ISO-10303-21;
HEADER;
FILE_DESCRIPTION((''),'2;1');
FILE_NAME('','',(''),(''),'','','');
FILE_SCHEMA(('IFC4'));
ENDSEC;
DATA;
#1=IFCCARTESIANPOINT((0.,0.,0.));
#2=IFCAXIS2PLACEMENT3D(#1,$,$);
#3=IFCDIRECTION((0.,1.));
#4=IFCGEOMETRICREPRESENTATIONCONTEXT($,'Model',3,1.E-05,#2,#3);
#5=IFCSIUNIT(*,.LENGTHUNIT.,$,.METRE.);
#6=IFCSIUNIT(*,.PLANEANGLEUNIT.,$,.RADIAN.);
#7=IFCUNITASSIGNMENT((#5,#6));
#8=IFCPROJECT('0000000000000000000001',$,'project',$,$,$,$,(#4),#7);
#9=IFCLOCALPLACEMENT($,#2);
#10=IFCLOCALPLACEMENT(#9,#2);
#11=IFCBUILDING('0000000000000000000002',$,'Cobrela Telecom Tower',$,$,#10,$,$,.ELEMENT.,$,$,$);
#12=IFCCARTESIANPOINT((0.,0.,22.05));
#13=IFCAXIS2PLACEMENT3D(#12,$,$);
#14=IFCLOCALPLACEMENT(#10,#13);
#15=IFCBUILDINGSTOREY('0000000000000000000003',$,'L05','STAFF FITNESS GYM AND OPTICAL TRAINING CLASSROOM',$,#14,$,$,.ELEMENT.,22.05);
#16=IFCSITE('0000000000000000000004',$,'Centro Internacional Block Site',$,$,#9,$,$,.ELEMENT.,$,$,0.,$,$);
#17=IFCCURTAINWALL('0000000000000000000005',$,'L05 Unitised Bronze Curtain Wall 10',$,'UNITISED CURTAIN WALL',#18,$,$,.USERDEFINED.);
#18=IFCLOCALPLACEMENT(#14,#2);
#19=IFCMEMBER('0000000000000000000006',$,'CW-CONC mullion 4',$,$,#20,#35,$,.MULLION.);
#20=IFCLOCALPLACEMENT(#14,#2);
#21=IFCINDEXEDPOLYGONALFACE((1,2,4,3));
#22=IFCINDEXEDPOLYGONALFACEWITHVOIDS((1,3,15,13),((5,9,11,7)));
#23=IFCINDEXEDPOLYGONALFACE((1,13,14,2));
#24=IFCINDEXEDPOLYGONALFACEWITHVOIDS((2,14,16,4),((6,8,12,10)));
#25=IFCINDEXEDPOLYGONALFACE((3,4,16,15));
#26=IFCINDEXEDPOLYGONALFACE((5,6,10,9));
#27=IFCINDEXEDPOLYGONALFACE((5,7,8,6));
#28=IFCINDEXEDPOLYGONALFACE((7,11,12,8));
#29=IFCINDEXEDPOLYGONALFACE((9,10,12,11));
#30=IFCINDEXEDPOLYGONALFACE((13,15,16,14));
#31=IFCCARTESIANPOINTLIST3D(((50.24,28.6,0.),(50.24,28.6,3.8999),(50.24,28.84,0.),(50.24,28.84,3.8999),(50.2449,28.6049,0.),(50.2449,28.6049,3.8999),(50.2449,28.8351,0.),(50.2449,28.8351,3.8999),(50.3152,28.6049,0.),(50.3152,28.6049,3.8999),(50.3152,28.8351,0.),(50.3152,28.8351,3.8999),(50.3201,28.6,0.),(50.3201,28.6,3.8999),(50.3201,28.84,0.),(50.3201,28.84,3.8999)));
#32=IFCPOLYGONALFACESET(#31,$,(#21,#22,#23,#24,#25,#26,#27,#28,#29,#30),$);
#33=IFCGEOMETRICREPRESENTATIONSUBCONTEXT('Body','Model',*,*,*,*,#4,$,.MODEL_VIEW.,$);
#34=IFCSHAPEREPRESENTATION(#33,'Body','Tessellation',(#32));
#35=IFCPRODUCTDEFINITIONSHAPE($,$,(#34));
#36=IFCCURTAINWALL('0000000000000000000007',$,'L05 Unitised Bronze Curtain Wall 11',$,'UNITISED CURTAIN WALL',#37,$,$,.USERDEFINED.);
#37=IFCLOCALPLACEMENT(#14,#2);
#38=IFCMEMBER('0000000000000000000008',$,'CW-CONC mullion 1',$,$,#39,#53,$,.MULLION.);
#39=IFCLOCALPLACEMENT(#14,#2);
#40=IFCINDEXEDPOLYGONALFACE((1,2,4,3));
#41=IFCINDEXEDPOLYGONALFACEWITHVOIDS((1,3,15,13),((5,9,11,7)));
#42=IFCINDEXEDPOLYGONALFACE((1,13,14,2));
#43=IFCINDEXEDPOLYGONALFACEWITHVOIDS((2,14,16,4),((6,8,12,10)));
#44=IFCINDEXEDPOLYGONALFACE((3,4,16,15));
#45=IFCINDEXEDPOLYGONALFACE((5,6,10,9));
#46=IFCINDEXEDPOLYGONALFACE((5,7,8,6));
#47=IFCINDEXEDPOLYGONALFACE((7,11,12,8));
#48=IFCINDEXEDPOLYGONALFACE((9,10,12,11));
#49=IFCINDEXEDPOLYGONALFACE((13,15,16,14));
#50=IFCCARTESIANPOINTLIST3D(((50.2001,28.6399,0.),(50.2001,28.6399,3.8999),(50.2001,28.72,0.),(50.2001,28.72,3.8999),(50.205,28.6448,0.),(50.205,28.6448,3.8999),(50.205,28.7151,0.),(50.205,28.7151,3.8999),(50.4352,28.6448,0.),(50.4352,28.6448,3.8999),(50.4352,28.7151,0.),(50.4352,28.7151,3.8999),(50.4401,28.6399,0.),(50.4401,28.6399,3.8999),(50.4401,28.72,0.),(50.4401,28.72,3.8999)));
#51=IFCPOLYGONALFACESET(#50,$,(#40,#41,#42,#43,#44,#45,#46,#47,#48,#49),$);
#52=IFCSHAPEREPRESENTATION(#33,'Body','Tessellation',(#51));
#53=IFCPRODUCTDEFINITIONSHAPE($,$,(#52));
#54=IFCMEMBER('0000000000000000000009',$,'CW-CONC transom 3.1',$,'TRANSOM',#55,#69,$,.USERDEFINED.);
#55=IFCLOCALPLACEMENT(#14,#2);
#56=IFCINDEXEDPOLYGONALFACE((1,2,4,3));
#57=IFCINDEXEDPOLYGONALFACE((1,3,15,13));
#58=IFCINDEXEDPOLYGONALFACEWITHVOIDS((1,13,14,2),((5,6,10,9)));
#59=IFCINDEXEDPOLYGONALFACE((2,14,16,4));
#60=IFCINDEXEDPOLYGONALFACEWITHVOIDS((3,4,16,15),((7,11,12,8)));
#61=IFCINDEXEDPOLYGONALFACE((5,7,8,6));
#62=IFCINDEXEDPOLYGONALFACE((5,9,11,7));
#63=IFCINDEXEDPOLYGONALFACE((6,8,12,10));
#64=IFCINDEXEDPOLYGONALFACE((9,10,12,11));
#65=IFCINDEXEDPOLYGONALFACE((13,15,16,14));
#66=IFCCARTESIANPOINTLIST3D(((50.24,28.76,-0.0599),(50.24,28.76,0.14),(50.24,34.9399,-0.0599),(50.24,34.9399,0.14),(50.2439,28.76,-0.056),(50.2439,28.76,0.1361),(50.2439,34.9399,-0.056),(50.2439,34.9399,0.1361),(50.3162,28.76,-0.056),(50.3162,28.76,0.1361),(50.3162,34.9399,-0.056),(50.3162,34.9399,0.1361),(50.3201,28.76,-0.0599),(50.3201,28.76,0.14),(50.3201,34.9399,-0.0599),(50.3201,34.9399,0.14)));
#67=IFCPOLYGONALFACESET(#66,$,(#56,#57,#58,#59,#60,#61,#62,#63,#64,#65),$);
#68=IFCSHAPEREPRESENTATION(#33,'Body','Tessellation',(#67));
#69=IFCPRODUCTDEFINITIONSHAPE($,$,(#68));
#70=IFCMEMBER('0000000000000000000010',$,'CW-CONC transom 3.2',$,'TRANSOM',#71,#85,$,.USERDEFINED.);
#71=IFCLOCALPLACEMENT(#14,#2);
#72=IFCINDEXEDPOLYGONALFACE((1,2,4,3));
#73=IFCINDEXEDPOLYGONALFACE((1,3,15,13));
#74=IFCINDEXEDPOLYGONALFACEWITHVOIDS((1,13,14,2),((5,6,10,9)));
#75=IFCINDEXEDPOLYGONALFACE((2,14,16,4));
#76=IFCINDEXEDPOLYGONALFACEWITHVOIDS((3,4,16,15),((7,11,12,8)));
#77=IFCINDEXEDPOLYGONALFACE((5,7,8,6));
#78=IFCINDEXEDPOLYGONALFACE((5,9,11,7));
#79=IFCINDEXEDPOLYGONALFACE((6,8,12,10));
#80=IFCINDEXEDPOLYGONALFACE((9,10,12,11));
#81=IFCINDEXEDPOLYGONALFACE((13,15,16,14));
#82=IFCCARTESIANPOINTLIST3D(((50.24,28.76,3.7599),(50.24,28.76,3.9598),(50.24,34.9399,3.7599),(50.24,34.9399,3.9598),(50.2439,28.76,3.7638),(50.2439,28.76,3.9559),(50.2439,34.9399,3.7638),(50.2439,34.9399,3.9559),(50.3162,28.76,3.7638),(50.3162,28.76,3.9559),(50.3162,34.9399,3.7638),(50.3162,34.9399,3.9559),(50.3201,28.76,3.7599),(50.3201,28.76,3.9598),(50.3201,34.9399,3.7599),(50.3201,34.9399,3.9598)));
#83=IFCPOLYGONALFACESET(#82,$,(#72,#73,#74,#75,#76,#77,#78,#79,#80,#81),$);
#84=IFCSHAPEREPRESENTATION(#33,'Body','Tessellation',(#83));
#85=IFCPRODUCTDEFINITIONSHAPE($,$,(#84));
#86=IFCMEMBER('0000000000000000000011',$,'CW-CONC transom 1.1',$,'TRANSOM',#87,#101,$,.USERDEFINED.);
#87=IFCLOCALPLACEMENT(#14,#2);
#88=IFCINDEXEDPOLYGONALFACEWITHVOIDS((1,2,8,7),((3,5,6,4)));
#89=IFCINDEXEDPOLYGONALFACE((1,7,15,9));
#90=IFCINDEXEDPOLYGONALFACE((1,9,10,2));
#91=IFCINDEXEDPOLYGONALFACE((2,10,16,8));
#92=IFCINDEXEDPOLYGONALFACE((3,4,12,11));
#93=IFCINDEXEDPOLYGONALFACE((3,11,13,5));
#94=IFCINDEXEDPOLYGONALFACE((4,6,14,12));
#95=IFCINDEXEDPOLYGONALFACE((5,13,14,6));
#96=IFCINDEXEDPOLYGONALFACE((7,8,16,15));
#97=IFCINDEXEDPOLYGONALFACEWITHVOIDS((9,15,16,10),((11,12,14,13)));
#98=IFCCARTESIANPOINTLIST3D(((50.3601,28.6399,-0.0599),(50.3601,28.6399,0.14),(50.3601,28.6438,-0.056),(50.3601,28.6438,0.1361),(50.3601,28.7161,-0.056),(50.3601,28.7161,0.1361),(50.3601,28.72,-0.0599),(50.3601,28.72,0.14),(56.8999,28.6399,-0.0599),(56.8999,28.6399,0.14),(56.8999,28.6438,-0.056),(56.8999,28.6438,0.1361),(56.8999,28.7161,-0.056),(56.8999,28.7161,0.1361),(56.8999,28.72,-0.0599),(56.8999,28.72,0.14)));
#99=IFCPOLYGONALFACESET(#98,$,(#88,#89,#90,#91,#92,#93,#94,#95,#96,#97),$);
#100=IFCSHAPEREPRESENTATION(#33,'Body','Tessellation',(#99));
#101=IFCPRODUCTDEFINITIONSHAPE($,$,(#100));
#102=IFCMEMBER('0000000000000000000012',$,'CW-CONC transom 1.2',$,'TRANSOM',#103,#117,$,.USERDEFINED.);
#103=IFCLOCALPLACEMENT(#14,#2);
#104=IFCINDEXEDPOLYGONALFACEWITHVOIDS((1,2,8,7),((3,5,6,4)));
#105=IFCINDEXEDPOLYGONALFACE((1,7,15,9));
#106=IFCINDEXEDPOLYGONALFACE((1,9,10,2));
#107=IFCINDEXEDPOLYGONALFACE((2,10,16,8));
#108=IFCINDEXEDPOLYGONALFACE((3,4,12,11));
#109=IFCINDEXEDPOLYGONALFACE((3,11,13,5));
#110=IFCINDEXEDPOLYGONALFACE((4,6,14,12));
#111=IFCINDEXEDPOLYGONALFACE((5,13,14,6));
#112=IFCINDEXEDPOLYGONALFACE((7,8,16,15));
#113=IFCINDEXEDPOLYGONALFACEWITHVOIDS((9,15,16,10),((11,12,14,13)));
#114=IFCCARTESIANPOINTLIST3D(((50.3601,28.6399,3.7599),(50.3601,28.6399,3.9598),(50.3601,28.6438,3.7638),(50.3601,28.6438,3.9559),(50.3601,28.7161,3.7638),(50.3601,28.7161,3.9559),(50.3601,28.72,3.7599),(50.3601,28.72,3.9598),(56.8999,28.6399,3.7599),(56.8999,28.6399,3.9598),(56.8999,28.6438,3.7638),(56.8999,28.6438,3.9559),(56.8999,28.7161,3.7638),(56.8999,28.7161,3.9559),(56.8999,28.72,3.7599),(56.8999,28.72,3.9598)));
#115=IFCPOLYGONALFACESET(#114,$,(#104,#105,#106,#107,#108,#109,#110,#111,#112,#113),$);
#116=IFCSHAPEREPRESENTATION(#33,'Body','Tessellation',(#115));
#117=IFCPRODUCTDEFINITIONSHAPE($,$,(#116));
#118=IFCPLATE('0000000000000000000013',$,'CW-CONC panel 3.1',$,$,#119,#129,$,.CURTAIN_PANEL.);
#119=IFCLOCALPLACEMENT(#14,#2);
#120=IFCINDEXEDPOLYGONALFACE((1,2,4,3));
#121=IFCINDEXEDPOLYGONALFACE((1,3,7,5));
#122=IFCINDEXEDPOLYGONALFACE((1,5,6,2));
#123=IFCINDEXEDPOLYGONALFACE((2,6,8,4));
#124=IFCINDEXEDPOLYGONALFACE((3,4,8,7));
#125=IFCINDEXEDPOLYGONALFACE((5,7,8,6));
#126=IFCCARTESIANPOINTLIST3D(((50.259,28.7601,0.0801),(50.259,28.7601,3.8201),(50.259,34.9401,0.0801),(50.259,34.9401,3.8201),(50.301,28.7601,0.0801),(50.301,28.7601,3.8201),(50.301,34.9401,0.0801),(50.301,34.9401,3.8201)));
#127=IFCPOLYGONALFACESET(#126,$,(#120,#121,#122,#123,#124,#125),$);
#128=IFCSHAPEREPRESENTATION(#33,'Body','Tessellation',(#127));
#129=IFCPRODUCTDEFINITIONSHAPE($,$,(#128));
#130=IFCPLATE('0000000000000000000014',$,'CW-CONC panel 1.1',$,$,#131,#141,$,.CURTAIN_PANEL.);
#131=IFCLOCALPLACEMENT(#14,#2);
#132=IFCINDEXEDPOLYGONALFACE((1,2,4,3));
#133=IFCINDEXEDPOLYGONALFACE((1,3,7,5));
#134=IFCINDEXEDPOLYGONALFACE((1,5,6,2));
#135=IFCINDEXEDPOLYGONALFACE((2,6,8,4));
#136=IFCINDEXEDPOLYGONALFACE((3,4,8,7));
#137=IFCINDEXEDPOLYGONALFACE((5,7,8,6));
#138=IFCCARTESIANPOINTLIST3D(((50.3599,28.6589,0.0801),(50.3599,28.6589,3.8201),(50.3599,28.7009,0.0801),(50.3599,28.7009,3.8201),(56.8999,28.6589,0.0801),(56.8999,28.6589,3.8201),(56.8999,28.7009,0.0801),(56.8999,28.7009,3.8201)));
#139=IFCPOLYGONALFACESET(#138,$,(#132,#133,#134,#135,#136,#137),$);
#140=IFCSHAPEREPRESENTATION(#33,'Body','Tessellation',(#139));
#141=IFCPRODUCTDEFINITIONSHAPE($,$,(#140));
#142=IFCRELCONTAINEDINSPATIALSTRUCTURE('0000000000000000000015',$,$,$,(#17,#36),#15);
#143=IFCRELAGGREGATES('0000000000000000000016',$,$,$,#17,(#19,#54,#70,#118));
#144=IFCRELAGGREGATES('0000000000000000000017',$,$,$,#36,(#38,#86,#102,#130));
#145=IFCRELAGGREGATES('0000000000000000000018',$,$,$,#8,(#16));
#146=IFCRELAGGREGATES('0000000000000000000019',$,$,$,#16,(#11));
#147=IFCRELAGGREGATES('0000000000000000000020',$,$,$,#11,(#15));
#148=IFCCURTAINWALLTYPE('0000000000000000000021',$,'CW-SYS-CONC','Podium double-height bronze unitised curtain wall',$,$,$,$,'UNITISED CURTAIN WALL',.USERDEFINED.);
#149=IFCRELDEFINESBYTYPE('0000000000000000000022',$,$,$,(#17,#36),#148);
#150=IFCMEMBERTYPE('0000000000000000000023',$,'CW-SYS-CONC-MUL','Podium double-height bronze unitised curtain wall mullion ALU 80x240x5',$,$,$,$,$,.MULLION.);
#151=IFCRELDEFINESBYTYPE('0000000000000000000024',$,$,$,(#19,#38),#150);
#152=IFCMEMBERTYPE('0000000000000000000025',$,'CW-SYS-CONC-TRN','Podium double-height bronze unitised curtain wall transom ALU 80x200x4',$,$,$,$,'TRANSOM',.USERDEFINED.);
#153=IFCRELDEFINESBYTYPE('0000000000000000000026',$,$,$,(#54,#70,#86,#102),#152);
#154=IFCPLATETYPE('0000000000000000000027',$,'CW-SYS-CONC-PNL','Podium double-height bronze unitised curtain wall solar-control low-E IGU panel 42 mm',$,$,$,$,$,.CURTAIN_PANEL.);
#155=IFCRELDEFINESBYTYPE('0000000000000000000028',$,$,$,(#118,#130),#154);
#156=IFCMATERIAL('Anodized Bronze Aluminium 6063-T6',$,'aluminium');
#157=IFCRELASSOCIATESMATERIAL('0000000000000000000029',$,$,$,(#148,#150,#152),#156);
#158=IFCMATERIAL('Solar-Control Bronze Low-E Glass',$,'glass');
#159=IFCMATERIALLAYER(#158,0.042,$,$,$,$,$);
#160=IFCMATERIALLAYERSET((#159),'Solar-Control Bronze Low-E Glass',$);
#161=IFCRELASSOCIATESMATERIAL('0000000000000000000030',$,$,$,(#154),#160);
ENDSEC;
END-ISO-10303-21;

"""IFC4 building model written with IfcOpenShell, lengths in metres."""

from ifc_helpers import new_model, si_unit, direction, frame, origin, origin_2d, place, context, subcontext, project, spatial, rectangle, hollow_rectangle, extrude, material, layer, layer_set, material_profile, profile_set, type_object, element, aggregate, save


model = new_model("IFC4")

# Units and contexts
model_context = context("Model", 3, precision=1e-05, world=origin(), true_north=direction((0.0, 1.0)))
body_context = subcontext(model_context, "Body", "Model", "MODEL_VIEW")
ifc_project = project(units=[si_unit("LENGTHUNIT", "METRE"), si_unit("PLANEANGLEUNIT", "RADIAN")], contexts=[model_context])

# Site, building, storey
site_placement = place(None, origin())
site = spatial("IfcSite", under=ifc_project, at=site_placement, Name="Centro Internacional Block Site", CompositionType="ELEMENT", RefElevation=0.0)
building_placement = place(site_placement, origin())
building = spatial("IfcBuilding", under=site, at=building_placement, Name="Cobrela Telecom Tower", CompositionType="ELEMENT")
storey_placement = place(building_placement, frame((0.0, 0.0, 22.05)))
storey = spatial("IfcBuildingStorey", under=building, at=storey_placement, Name="L05", Description="STAFF FITNESS GYM AND OPTICAL TRAINING CLASSROOM", CompositionType="ELEMENT", Elevation=22.05)

# Curtain wall, member
ifc_material_1 = material(Name="Anodized Bronze Aluminium 6063-T6", Category="aluminium")
curtain_wall_type = type_object("IfcCurtainWallType", Name="CW-SYS-CONC", Description="Podium double-height bronze unitised curtain wall", ElementType="UNITISED CURTAIN WALL", PredefinedType="USERDEFINED", material=ifc_material_1)
curtain_wall_1_placement = place(storey_placement, origin())
curtain_wall_1 = element("IfcCurtainWall", 1, at=curtain_wall_1_placement, inside=storey, type_object=curtain_wall_type, Name="L05 Unitised Bronze Curtain Wall 10", ObjectType="UNITISED CURTAIN WALL", PredefinedType="USERDEFINED")
ifc_material_profile_1 = material_profile(ifc_material_1, hollow_rectangle(XDim=0.0801, YDim=0.24, WallThickness=0.0049, at=origin_2d()), Name="ALU 80x240x5")
ifc_profile_set_1 = profile_set([ifc_material_profile_1], Name="Anodized Bronze Aluminium 6063-T6")
member_type_1 = type_object("IfcMemberType", Name="CW-SYS-CONC-MUL", Description="Podium double-height bronze unitised curtain wall mullion ALU 80x240x5", PredefinedType="MULLION", material=ifc_profile_set_1)
member_1_placement = place(storey_placement, frame((50.28, 28.72, 0.0), z_axis=(0.0, 0.0, 1.0), x_axis=(1.0, 0.0, 0.0)))
member_1 = element("IfcMember", 2, at=member_1_placement, type_object=member_type_1, Name="CW-CONC mullion 4", PredefinedType="MULLION", context=body_context, shape_type="SweptSolid", body=[
    extrude(hollow_rectangle(XDim=0.0801, YDim=0.24, WallThickness=0.0049, at=origin_2d()), origin(), (0.0, 0.0, 1.0), 3.8999),
])

# Curtain wall, member
curtain_wall_2_placement = place(storey_placement, origin())
curtain_wall_2 = element("IfcCurtainWall", 3, at=curtain_wall_2_placement, inside=storey, type_object=curtain_wall_type, Name="L05 Unitised Bronze Curtain Wall 11", ObjectType="UNITISED CURTAIN WALL", PredefinedType="USERDEFINED")
member_2_placement = place(storey_placement, frame((50.3201, 28.6799, 0.0), z_axis=(0.0, 0.0, 1.0), x_axis=(0.0, 1.0, 0.0)))
member_2 = element("IfcMember", 4, at=member_2_placement, type_object=member_type_1, Name="CW-CONC mullion 1", PredefinedType="MULLION", context=body_context, shape_type="SweptSolid", body=[
    extrude(hollow_rectangle(XDim=0.0801, YDim=0.24, WallThickness=0.0049, at=origin_2d()), origin(), (0.0, 0.0, 1.0), 3.8999),
])

# Members
ifc_material_profile_2 = material_profile(ifc_material_1, hollow_rectangle(XDim=0.0801, YDim=0.2, WallThickness=0.0039, at=origin_2d()), Name="ALU 80x200x4")
ifc_profile_set_2 = profile_set([ifc_material_profile_2], Name="Anodized Bronze Aluminium 6063-T6")
member_type_2 = type_object("IfcMemberType", Name="CW-SYS-CONC-TRN", Description="Podium double-height bronze unitised curtain wall transom ALU 80x200x4", ElementType="TRANSOM", PredefinedType="USERDEFINED", material=ifc_profile_set_2)
member_3_placement = place(storey_placement, frame((50.28, 34.9399, 0.04), z_axis=(0.0, -1.0, 0.0), x_axis=(1.0, 0.0, 0.0)))
member_3 = element("IfcMember", 5, at=member_3_placement, type_object=member_type_2, Name="CW-CONC transom 3.1", ObjectType="TRANSOM", PredefinedType="USERDEFINED", context=body_context, shape_type="SweptSolid", body=[
    extrude(hollow_rectangle(XDim=0.0801, YDim=0.2, WallThickness=0.0039, at=origin_2d()), origin(), (0.0, 0.0, 1.0), 6.1799),
])
member_4_placement = place(storey_placement, frame((50.28, 34.9399, 3.8599), z_axis=(0.0, -1.0, 0.0), x_axis=(1.0, 0.0, 0.0)))
member_4 = element("IfcMember", 6, at=member_4_placement, type_object=member_type_2, Name="CW-CONC transom 3.2", ObjectType="TRANSOM", PredefinedType="USERDEFINED", context=body_context, shape_type="SweptSolid", body=[
    extrude(hollow_rectangle(XDim=0.0801, YDim=0.2, WallThickness=0.0039, at=origin_2d()), origin(), (0.0, 0.0, 1.0), 6.1799),
])
member_5_placement = place(storey_placement, frame((50.3601, 28.6799, 0.04), z_axis=(1.0, 0.0, 0.0), x_axis=(0.0, 1.0, 0.0)))
member_5 = element("IfcMember", 7, at=member_5_placement, type_object=member_type_2, Name="CW-CONC transom 1.1", ObjectType="TRANSOM", PredefinedType="USERDEFINED", context=body_context, shape_type="SweptSolid", body=[
    extrude(hollow_rectangle(XDim=0.0801, YDim=0.2, WallThickness=0.0039, at=origin_2d()), origin(), (0.0, 0.0, 1.0), 6.5398),
])
member_6_placement = place(storey_placement, frame((50.3601, 28.6799, 3.8599), z_axis=(1.0, 0.0, 0.0), x_axis=(0.0, 1.0, 0.0)))
member_6 = element("IfcMember", 8, at=member_6_placement, type_object=member_type_2, Name="CW-CONC transom 1.2", ObjectType="TRANSOM", PredefinedType="USERDEFINED", context=body_context, shape_type="SweptSolid", body=[
    extrude(hollow_rectangle(XDim=0.0801, YDim=0.2, WallThickness=0.0039, at=origin_2d()), origin(), (0.0, 0.0, 1.0), 6.5398),
])

# Plates
ifc_material_2 = material(Name="Solar-Control Bronze Low-E Glass", Category="glass")
ifc_layer = layer(ifc_material_2, 0.042)
ifc_layer_set = layer_set([ifc_layer], Name="Solar-Control Bronze Low-E Glass")
plate_type = type_object("IfcPlateType", Name="CW-SYS-CONC-PNL", Description="Podium double-height bronze unitised curtain wall solar-control low-E IGU panel 42 mm", PredefinedType="CURTAIN_PANEL", material=ifc_layer_set)
plate_1_placement = place(storey_placement, frame((50.28, 31.8501, 0.0801), z_axis=(0.0, 0.0, 1.0), x_axis=(0.0, -1.0, 0.0)))
plate_1 = element("IfcPlate", 9, at=plate_1_placement, type_object=plate_type, Name="CW-CONC panel 3.1", PredefinedType="CURTAIN_PANEL", context=body_context, shape_type="SweptSolid", body=[
    extrude(rectangle(XDim=6.1799, YDim=0.042, at=origin_2d()), origin(), (0.0, 0.0, 1.0), 3.74),
])
aggregate(curtain_wall_1, [member_1, member_3, member_4, plate_1])
plate_2_placement = place(storey_placement, frame((53.6299, 28.6799, 0.0801), z_axis=(0.0, 0.0, 1.0), x_axis=(1.0, 0.0, 0.0)))
plate_2 = element("IfcPlate", 10, at=plate_2_placement, type_object=plate_type, Name="CW-CONC panel 1.1", PredefinedType="CURTAIN_PANEL", context=body_context, shape_type="SweptSolid", body=[
    extrude(rectangle(XDim=6.54, YDim=0.042, at=origin_2d()), origin(), (0.0, 0.0, 1.0), 3.74),
])
aggregate(curtain_wall_2, [member_2, member_5, member_6, plate_2])

save(model, "model.ifc")
